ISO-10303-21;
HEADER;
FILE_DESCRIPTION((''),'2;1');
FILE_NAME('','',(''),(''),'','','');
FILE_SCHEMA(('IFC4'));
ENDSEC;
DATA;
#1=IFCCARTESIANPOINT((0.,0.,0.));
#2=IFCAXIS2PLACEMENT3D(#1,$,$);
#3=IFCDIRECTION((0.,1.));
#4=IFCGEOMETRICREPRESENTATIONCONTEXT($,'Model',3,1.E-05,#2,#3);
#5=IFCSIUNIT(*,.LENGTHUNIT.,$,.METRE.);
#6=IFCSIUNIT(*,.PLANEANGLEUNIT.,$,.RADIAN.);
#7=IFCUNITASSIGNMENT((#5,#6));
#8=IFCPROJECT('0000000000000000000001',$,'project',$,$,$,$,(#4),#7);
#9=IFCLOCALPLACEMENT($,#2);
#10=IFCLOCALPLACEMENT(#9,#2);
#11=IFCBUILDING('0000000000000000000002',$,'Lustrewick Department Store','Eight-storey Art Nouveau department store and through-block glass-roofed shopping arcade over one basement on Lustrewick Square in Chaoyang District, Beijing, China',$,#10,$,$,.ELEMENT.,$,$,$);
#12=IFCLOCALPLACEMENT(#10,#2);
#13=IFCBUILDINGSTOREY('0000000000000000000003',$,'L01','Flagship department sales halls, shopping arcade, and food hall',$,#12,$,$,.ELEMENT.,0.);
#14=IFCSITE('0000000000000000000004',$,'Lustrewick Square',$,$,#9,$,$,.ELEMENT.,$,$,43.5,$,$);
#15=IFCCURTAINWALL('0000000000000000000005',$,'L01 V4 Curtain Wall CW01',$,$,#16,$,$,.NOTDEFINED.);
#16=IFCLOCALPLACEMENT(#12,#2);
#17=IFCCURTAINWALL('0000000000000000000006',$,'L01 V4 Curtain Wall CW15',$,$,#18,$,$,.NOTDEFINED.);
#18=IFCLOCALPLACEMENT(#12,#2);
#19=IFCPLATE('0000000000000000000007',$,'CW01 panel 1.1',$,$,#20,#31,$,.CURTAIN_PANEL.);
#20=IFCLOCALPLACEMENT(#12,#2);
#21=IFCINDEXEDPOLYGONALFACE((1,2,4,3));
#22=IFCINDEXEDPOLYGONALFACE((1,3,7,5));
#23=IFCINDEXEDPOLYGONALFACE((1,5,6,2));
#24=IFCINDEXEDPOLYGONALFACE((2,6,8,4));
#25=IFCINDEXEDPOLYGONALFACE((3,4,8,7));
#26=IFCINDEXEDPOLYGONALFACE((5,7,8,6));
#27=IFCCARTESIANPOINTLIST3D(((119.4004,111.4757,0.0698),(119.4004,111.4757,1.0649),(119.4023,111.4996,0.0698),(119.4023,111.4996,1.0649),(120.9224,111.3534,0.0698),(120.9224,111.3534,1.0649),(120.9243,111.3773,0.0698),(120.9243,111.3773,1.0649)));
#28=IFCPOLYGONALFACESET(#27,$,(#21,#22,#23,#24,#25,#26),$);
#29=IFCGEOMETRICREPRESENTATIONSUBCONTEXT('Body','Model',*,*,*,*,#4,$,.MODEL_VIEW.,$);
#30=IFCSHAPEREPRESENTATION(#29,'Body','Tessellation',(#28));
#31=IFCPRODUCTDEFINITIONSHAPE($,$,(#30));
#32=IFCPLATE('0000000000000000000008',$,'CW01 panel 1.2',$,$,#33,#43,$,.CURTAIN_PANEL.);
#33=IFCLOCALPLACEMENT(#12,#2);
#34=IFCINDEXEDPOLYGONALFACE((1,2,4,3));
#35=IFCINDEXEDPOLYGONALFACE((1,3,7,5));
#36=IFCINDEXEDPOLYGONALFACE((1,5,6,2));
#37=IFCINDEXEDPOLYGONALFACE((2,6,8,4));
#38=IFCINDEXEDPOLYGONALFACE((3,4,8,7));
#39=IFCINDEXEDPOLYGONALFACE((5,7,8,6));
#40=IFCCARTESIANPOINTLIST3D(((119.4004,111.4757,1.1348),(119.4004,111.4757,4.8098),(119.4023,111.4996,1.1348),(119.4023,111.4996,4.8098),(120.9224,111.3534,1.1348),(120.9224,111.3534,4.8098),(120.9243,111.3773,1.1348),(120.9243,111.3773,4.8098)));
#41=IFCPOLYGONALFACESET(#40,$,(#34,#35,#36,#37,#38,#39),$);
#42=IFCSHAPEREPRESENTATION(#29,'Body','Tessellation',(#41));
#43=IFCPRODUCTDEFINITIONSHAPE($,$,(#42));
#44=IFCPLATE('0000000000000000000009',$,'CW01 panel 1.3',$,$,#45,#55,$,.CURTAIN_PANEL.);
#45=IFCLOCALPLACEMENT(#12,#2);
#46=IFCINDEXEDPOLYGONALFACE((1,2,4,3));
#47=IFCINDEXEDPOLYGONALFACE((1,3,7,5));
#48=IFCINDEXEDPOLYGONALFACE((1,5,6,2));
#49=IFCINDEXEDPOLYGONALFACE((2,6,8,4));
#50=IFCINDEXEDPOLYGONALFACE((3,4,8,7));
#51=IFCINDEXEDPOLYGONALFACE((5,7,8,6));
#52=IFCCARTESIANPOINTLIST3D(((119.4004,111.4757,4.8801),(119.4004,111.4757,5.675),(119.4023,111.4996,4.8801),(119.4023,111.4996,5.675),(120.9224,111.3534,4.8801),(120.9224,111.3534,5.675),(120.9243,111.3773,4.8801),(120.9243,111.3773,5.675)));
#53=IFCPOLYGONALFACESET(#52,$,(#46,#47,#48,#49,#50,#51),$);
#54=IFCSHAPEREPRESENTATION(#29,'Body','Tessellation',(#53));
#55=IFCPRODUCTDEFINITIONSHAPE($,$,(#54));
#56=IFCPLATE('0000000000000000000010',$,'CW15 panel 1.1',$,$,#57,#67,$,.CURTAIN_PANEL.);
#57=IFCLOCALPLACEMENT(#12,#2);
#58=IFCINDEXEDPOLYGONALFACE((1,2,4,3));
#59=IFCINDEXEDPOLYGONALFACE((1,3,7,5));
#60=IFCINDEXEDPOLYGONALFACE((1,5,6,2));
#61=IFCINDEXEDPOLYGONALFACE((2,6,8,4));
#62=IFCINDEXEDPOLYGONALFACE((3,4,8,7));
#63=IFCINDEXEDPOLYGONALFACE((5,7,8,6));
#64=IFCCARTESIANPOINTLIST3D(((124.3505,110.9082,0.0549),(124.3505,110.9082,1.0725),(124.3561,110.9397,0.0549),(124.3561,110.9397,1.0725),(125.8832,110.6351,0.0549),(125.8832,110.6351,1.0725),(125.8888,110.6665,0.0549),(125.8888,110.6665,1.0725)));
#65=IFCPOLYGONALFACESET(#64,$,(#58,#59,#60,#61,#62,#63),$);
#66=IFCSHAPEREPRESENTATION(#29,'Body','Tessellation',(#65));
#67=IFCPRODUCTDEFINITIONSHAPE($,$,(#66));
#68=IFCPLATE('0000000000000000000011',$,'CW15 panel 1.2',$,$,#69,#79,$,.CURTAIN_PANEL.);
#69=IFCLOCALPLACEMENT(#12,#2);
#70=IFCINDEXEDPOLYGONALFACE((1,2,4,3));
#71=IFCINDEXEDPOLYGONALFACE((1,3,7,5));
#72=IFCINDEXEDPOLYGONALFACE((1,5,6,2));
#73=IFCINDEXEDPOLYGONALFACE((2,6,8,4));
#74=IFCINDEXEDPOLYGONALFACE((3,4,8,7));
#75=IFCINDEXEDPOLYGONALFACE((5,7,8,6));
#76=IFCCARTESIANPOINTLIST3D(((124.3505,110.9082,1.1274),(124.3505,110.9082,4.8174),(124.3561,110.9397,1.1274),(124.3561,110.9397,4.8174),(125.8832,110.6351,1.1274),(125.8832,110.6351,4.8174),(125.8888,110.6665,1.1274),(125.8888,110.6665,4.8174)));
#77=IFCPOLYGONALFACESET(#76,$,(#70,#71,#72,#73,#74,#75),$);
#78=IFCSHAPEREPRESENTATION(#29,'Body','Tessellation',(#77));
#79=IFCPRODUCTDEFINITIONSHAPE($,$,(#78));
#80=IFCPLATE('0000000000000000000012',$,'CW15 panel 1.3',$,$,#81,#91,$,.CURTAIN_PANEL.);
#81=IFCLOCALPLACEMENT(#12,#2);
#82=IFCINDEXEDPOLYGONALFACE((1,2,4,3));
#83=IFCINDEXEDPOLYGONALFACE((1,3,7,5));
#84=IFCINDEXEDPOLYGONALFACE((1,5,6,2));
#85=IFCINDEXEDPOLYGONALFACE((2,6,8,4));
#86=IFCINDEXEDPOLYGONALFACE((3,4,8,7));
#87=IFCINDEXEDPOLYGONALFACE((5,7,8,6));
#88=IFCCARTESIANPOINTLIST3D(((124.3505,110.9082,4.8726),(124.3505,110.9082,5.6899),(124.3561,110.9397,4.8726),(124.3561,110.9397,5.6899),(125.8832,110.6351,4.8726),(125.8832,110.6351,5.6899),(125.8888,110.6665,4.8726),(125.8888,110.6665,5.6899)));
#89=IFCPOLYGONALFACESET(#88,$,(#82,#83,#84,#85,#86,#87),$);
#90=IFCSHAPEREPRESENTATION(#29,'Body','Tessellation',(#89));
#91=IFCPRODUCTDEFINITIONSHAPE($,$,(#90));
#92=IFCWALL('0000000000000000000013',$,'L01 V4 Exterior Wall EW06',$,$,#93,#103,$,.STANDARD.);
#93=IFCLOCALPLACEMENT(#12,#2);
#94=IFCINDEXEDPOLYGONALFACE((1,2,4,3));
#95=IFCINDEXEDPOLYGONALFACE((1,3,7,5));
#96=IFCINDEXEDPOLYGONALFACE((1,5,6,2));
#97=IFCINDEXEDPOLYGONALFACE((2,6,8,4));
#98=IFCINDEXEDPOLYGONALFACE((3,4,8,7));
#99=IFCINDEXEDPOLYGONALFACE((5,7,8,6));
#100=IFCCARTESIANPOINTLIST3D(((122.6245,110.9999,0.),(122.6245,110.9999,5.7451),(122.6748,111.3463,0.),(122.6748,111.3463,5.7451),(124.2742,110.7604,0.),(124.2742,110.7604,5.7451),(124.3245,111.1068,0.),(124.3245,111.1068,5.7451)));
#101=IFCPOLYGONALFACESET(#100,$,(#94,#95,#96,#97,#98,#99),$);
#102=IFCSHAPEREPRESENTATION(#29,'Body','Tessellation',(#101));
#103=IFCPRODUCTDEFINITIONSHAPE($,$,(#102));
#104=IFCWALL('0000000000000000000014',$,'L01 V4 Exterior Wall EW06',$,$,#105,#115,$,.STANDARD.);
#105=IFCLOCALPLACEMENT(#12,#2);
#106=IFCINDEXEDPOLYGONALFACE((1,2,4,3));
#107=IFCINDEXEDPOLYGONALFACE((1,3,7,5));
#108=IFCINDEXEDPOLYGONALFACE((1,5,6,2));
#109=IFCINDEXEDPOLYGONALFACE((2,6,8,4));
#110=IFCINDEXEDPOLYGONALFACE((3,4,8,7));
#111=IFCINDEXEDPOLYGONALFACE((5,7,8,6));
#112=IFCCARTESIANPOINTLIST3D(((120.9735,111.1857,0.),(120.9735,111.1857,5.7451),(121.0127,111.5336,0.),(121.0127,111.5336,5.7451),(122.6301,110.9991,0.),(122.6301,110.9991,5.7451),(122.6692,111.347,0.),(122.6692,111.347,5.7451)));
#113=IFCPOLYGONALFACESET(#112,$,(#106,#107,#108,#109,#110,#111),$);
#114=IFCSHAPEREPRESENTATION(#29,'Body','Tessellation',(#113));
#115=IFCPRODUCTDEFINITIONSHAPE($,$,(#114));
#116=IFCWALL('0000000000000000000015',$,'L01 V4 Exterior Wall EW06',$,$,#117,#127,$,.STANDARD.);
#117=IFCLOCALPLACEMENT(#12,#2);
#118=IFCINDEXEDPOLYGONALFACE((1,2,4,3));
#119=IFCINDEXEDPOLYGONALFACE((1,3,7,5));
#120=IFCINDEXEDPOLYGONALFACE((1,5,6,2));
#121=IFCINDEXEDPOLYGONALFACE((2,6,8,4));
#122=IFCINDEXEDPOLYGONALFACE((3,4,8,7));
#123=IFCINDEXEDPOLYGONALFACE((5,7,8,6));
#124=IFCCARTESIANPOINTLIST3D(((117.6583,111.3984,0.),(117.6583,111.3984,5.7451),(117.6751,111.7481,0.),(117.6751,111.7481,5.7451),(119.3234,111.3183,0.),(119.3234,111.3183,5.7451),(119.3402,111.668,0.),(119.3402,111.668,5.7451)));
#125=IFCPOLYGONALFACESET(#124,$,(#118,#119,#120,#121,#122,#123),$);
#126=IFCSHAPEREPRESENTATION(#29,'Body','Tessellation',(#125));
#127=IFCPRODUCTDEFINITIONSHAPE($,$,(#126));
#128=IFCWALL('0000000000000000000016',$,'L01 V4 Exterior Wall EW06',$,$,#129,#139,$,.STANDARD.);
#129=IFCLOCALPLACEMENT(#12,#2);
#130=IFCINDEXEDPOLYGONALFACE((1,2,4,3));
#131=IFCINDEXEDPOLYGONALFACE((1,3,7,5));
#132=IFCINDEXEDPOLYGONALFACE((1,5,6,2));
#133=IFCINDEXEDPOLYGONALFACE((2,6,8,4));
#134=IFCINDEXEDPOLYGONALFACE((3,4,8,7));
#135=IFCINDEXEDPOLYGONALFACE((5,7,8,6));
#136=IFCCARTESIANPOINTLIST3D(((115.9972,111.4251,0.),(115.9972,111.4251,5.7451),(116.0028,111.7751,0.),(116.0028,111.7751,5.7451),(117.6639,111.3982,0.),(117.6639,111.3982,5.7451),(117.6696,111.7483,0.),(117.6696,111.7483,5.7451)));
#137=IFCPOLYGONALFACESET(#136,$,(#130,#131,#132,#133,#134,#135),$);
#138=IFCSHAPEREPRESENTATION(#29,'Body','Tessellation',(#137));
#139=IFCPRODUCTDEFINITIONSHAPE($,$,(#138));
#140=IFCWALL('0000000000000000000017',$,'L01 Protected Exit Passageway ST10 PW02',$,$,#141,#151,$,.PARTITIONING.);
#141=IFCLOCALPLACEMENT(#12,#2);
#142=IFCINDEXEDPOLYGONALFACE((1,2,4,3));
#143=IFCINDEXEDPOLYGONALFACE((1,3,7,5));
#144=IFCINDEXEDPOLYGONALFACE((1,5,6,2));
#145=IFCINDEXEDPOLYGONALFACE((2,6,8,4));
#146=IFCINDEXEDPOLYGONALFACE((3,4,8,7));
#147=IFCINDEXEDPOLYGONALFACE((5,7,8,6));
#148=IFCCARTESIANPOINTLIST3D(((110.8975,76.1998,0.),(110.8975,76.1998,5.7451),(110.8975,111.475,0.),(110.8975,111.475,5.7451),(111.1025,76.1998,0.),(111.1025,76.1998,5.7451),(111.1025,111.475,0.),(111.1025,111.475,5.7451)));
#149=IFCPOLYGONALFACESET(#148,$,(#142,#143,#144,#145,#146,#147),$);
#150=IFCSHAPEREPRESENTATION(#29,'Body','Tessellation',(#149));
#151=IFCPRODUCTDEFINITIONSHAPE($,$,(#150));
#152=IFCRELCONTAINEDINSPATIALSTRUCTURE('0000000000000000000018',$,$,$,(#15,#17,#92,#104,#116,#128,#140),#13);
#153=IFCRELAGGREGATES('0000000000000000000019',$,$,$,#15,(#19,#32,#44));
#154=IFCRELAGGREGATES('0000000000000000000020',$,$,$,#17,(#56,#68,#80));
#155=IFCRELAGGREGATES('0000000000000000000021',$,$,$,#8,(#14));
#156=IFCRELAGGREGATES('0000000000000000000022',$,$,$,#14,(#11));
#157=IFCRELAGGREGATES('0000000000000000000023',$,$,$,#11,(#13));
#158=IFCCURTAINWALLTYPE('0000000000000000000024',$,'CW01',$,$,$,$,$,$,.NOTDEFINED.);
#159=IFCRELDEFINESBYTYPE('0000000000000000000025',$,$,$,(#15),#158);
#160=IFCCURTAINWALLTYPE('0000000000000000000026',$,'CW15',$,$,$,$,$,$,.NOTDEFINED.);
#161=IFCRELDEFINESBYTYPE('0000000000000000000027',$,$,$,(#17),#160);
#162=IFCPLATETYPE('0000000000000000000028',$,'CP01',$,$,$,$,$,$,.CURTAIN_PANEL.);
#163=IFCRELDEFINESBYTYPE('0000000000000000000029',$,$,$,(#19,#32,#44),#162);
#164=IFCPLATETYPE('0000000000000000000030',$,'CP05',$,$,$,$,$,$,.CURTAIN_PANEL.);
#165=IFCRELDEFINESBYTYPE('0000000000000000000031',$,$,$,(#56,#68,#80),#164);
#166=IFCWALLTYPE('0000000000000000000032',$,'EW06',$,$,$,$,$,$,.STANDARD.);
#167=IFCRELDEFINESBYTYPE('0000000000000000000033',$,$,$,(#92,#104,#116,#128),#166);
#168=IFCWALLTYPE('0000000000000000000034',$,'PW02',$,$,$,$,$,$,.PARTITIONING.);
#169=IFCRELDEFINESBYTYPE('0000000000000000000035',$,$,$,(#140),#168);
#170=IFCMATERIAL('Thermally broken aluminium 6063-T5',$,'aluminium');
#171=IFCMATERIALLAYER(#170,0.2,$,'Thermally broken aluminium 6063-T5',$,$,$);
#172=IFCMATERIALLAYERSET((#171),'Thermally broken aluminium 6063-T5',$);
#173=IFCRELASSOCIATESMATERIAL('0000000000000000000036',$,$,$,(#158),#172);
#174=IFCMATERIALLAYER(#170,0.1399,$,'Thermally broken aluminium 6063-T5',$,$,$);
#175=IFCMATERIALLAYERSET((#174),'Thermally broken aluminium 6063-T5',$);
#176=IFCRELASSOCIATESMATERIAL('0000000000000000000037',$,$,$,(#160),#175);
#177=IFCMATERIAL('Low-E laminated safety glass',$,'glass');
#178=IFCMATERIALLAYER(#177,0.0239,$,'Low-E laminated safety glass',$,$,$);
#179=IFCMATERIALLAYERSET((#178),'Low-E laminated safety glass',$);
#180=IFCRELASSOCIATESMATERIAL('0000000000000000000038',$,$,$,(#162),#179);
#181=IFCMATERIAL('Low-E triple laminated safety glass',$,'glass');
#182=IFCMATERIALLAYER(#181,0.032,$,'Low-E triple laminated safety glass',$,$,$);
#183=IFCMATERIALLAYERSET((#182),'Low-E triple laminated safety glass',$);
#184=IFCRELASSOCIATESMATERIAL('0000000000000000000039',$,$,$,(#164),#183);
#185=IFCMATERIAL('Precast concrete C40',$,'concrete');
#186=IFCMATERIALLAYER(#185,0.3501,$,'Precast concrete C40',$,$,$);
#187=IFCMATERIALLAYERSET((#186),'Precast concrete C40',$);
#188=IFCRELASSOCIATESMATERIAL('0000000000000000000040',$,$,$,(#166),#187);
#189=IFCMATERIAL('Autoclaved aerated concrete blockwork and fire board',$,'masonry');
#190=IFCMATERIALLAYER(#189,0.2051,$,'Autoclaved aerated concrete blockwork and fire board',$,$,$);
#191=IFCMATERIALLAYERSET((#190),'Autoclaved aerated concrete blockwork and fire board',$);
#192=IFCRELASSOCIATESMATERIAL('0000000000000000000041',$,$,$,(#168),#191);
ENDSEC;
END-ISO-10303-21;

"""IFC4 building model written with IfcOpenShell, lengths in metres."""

from ifc_helpers import new_model, si_unit, direction, frame, frame_2d, origin, origin_2d, place, context, subcontext, project, spatial, rectangle, extrude, material, layer, layer_set, type_object, element, aggregate, save


model = new_model("IFC4")

# Units and contexts
model_context = context("Model", 3, precision=1e-05, world=origin(), true_north=direction((0.0, 1.0)))
body_context = subcontext(model_context, "Body", "Model", "MODEL_VIEW")
ifc_project = project(units=[si_unit("LENGTHUNIT", "METRE"), si_unit("PLANEANGLEUNIT", "RADIAN")], contexts=[model_context])

# Site, building, storey
site_placement = place(None, origin())
site = spatial("IfcSite", under=ifc_project, at=site_placement, Name="Lustrewick Square", CompositionType="ELEMENT", RefElevation=43.5)
building_placement = place(site_placement, origin())
building = spatial("IfcBuilding", under=site, at=building_placement, Name="Lustrewick Department Store", Description="Eight-storey Art Nouveau department store and through-block glass-roofed shopping arcade over one basement on Lustrewick Square in Chaoyang District, Beijing, China", CompositionType="ELEMENT")
storey_placement = place(building_placement, origin())
storey = spatial("IfcBuildingStorey", under=building, at=storey_placement, Name="L01", Description="Flagship department sales halls, shopping arcade, and food hall", CompositionType="ELEMENT", Elevation=0.0)

# Curtain walls
ifc_material_1 = material(Name="Thermally broken aluminium 6063-T5", Category="aluminium")
ifc_layer_1 = layer(ifc_material_1, 0.2, Name="Thermally broken aluminium 6063-T5")
ifc_layer_set_1 = layer_set([ifc_layer_1], Name="Thermally broken aluminium 6063-T5")
curtain_wall_type_1 = type_object("IfcCurtainWallType", Name="CW01", PredefinedType="NOTDEFINED", material=ifc_layer_set_1)
curtain_wall_1_placement = place(storey_placement, origin())
curtain_wall_1 = element("IfcCurtainWall", 1, at=curtain_wall_1_placement, inside=storey, type_object=curtain_wall_type_1, Name="L01 V4 Curtain Wall CW01", PredefinedType="NOTDEFINED")
ifc_layer_2 = layer(ifc_material_1, 0.1399, Name="Thermally broken aluminium 6063-T5")
ifc_layer_set_2 = layer_set([ifc_layer_2], Name="Thermally broken aluminium 6063-T5")
curtain_wall_type_2 = type_object("IfcCurtainWallType", Name="CW15", PredefinedType="NOTDEFINED", material=ifc_layer_set_2)
curtain_wall_2_placement = place(storey_placement, origin())
curtain_wall_2 = element("IfcCurtainWall", 2, at=curtain_wall_2_placement, inside=storey, type_object=curtain_wall_type_2, Name="L01 V4 Curtain Wall CW15", PredefinedType="NOTDEFINED")

# Plates
ifc_material_2 = material(Name="Low-E laminated safety glass", Category="glass")
ifc_layer_3 = layer(ifc_material_2, 0.0239, Name="Low-E laminated safety glass")
ifc_layer_set_3 = layer_set([ifc_layer_3], Name="Low-E laminated safety glass")
plate_type_1 = type_object("IfcPlateType", Name="CP01", PredefinedType="CURTAIN_PANEL", material=ifc_layer_set_3)
plate_1_placement = place(storey_placement, frame((120.1624, 111.4265, 0.0698), z_axis=(0.0, 0.0, 1.0), x_axis=(-0.996788, 0.080091, 0.0)))
plate_1 = element("IfcPlate", 3, at=plate_1_placement, type_object=plate_type_1, Name="CW01 panel 1.1", PredefinedType="CURTAIN_PANEL", context=body_context, shape_type="SweptSolid", body=[
    extrude(rectangle(XDim=1.5269, YDim=0.0239, at=origin_2d()), origin(), (0.0, 0.0, 1.0), 0.9951),
])
plate_2_placement = place(storey_placement, frame((120.1624, 111.4265, 1.1348), z_axis=(0.0, 0.0, 1.0), x_axis=(-0.996788, 0.080091, 0.0)))
plate_2 = element("IfcPlate", 4, at=plate_2_placement, type_object=plate_type_1, Name="CW01 panel 1.2", PredefinedType="CURTAIN_PANEL", context=body_context, shape_type="SweptSolid", body=[
    extrude(rectangle(XDim=1.5269, YDim=0.0239, at=origin_2d()), origin(), (0.0, 0.0, 1.0), 3.675),
])
plate_3_placement = place(storey_placement, frame((120.1624, 111.4265, 4.8801), z_axis=(0.0, 0.0, 1.0), x_axis=(-0.996788, 0.080091, 0.0)))
plate_3 = element("IfcPlate", 5, at=plate_3_placement, type_object=plate_type_1, Name="CW01 panel 1.3", PredefinedType="CURTAIN_PANEL", context=body_context, shape_type="SweptSolid", body=[
    extrude(rectangle(XDim=1.5269, YDim=0.0239, at=origin_2d()), origin(), (0.0, 0.0, 1.0), 0.7949),
])
aggregate(curtain_wall_1, [plate_1, plate_2, plate_3])
ifc_material_3 = material(Name="Low-E triple laminated safety glass", Category="glass")
ifc_layer_4 = layer(ifc_material_3, 0.032, Name="Low-E triple laminated safety glass")
ifc_layer_set_4 = layer_set([ifc_layer_4], Name="Low-E triple laminated safety glass")
plate_type_2 = type_object("IfcPlateType", Name="CP05", PredefinedType="CURTAIN_PANEL", material=ifc_layer_set_4)
plate_4_placement = place(storey_placement, frame((125.1196, 110.7874, 0.0549), z_axis=(0.0, 0.0, 1.0), x_axis=(-0.984494, 0.175421, 0.0)))
plate_4 = element("IfcPlate", 6, at=plate_4_placement, type_object=plate_type_2, Name="CW15 panel 1.1", PredefinedType="CURTAIN_PANEL", context=body_context, shape_type="SweptSolid", body=[
    extrude(rectangle(XDim=1.5569, YDim=0.032, at=origin_2d()), origin(), (0.0, 0.0, 1.0), 1.0176),
])
plate_5_placement = place(storey_placement, frame((125.1196, 110.7874, 1.1274), z_axis=(0.0, 0.0, 1.0), x_axis=(-0.984494, 0.175421, 0.0)))
plate_5 = element("IfcPlate", 7, at=plate_5_placement, type_object=plate_type_2, Name="CW15 panel 1.2", PredefinedType="CURTAIN_PANEL", context=body_context, shape_type="SweptSolid", body=[
    extrude(rectangle(XDim=1.5569, YDim=0.032, at=origin_2d()), origin(), (0.0, 0.0, 1.0), 3.6899),
])
plate_6_placement = place(storey_placement, frame((125.1196, 110.7874, 4.8726), z_axis=(0.0, 0.0, 1.0), x_axis=(-0.984494, 0.175421, 0.0)))
plate_6 = element("IfcPlate", 8, at=plate_6_placement, type_object=plate_type_2, Name="CW15 panel 1.3", PredefinedType="CURTAIN_PANEL", context=body_context, shape_type="SweptSolid", body=[
    extrude(rectangle(XDim=1.5569, YDim=0.032, at=origin_2d()), origin(), (0.0, 0.0, 1.0), 0.8174),
])
aggregate(curtain_wall_2, [plate_4, plate_5, plate_6])

# Shared definitions
ifc_material_4 = material(Name="Precast concrete C40", Category="concrete")

# Walls
ifc_layer_5 = layer(ifc_material_4, 0.3501, Name="Precast concrete C40")
ifc_layer_set_5 = layer_set([ifc_layer_5], Name="Precast concrete C40")
wall_type_1 = type_object("IfcWallType", Name="EW06", PredefinedType="STANDARD", material=ifc_layer_set_5)
for number, where, z_axis, x_axis, name in (
    (9, (124.2993, 110.9336, 0.0), (0.0, 0.0, 1.0), (-0.989625, 0.143676, 0.0), "L01 V4 Exterior Wall EW06"),
    (10, (122.6497, 111.1731, 0.0), (0.0, 0.0, 1.0), (-0.99372, 0.111894, 0.0), "L01 V4 Exterior Wall EW06"),
    (11, (119.3318, 111.4932, 0.0), (0.0, 0.0, 1.0), (-0.998845, 0.048038, 0.0), "L01 V4 Exterior Wall EW06"),
    (12, (117.6667, 111.5732, 0.0), (0.0, 0.0, 1.0), (-0.99987, 0.01611, 0.0), "L01 V4 Exterior Wall EW06"),
):
    element("IfcWall", number, at=place(storey_placement, frame(where, z_axis=z_axis, x_axis=x_axis)), inside=storey, type_object=wall_type_1, Name=name, PredefinedType="STANDARD", context=body_context, shape_type="SweptSolid", body=[
        extrude(rectangle(XDim=1.667, YDim=0.3501, at=frame_2d((0.8335, 0.0))), origin(), (0.0, 0.0, 1.0), 5.7451),
    ])
ifc_material_5 = material(Name="Autoclaved aerated concrete blockwork and fire board", Category="masonry")
ifc_layer_6 = layer(ifc_material_5, 0.2051, Name="Autoclaved aerated concrete blockwork and fire board")
ifc_layer_set_6 = layer_set([ifc_layer_6], Name="Autoclaved aerated concrete blockwork and fire board")
wall_type_2 = type_object("IfcWallType", Name="PW02", PredefinedType="PARTITIONING", material=ifc_layer_set_6)
wall_1_placement = place(storey_placement, frame((111.0, 111.4751, 0.0), z_axis=(0.0, 0.0, 1.0), x_axis=(0.0, -1.0, 0.0)))
element("IfcWall", 13, at=wall_1_placement, inside=storey, type_object=wall_type_2, Name="L01 Protected Exit Passageway ST10 PW02", PredefinedType="PARTITIONING", context=body_context, shape_type="SweptSolid", body=[
    extrude(rectangle(XDim=35.2751, YDim=0.2051, at=frame_2d((17.6377, 0.0))), origin(), (0.0, 0.0, 1.0), 5.7451),
])

save(model, "model.ifc")
